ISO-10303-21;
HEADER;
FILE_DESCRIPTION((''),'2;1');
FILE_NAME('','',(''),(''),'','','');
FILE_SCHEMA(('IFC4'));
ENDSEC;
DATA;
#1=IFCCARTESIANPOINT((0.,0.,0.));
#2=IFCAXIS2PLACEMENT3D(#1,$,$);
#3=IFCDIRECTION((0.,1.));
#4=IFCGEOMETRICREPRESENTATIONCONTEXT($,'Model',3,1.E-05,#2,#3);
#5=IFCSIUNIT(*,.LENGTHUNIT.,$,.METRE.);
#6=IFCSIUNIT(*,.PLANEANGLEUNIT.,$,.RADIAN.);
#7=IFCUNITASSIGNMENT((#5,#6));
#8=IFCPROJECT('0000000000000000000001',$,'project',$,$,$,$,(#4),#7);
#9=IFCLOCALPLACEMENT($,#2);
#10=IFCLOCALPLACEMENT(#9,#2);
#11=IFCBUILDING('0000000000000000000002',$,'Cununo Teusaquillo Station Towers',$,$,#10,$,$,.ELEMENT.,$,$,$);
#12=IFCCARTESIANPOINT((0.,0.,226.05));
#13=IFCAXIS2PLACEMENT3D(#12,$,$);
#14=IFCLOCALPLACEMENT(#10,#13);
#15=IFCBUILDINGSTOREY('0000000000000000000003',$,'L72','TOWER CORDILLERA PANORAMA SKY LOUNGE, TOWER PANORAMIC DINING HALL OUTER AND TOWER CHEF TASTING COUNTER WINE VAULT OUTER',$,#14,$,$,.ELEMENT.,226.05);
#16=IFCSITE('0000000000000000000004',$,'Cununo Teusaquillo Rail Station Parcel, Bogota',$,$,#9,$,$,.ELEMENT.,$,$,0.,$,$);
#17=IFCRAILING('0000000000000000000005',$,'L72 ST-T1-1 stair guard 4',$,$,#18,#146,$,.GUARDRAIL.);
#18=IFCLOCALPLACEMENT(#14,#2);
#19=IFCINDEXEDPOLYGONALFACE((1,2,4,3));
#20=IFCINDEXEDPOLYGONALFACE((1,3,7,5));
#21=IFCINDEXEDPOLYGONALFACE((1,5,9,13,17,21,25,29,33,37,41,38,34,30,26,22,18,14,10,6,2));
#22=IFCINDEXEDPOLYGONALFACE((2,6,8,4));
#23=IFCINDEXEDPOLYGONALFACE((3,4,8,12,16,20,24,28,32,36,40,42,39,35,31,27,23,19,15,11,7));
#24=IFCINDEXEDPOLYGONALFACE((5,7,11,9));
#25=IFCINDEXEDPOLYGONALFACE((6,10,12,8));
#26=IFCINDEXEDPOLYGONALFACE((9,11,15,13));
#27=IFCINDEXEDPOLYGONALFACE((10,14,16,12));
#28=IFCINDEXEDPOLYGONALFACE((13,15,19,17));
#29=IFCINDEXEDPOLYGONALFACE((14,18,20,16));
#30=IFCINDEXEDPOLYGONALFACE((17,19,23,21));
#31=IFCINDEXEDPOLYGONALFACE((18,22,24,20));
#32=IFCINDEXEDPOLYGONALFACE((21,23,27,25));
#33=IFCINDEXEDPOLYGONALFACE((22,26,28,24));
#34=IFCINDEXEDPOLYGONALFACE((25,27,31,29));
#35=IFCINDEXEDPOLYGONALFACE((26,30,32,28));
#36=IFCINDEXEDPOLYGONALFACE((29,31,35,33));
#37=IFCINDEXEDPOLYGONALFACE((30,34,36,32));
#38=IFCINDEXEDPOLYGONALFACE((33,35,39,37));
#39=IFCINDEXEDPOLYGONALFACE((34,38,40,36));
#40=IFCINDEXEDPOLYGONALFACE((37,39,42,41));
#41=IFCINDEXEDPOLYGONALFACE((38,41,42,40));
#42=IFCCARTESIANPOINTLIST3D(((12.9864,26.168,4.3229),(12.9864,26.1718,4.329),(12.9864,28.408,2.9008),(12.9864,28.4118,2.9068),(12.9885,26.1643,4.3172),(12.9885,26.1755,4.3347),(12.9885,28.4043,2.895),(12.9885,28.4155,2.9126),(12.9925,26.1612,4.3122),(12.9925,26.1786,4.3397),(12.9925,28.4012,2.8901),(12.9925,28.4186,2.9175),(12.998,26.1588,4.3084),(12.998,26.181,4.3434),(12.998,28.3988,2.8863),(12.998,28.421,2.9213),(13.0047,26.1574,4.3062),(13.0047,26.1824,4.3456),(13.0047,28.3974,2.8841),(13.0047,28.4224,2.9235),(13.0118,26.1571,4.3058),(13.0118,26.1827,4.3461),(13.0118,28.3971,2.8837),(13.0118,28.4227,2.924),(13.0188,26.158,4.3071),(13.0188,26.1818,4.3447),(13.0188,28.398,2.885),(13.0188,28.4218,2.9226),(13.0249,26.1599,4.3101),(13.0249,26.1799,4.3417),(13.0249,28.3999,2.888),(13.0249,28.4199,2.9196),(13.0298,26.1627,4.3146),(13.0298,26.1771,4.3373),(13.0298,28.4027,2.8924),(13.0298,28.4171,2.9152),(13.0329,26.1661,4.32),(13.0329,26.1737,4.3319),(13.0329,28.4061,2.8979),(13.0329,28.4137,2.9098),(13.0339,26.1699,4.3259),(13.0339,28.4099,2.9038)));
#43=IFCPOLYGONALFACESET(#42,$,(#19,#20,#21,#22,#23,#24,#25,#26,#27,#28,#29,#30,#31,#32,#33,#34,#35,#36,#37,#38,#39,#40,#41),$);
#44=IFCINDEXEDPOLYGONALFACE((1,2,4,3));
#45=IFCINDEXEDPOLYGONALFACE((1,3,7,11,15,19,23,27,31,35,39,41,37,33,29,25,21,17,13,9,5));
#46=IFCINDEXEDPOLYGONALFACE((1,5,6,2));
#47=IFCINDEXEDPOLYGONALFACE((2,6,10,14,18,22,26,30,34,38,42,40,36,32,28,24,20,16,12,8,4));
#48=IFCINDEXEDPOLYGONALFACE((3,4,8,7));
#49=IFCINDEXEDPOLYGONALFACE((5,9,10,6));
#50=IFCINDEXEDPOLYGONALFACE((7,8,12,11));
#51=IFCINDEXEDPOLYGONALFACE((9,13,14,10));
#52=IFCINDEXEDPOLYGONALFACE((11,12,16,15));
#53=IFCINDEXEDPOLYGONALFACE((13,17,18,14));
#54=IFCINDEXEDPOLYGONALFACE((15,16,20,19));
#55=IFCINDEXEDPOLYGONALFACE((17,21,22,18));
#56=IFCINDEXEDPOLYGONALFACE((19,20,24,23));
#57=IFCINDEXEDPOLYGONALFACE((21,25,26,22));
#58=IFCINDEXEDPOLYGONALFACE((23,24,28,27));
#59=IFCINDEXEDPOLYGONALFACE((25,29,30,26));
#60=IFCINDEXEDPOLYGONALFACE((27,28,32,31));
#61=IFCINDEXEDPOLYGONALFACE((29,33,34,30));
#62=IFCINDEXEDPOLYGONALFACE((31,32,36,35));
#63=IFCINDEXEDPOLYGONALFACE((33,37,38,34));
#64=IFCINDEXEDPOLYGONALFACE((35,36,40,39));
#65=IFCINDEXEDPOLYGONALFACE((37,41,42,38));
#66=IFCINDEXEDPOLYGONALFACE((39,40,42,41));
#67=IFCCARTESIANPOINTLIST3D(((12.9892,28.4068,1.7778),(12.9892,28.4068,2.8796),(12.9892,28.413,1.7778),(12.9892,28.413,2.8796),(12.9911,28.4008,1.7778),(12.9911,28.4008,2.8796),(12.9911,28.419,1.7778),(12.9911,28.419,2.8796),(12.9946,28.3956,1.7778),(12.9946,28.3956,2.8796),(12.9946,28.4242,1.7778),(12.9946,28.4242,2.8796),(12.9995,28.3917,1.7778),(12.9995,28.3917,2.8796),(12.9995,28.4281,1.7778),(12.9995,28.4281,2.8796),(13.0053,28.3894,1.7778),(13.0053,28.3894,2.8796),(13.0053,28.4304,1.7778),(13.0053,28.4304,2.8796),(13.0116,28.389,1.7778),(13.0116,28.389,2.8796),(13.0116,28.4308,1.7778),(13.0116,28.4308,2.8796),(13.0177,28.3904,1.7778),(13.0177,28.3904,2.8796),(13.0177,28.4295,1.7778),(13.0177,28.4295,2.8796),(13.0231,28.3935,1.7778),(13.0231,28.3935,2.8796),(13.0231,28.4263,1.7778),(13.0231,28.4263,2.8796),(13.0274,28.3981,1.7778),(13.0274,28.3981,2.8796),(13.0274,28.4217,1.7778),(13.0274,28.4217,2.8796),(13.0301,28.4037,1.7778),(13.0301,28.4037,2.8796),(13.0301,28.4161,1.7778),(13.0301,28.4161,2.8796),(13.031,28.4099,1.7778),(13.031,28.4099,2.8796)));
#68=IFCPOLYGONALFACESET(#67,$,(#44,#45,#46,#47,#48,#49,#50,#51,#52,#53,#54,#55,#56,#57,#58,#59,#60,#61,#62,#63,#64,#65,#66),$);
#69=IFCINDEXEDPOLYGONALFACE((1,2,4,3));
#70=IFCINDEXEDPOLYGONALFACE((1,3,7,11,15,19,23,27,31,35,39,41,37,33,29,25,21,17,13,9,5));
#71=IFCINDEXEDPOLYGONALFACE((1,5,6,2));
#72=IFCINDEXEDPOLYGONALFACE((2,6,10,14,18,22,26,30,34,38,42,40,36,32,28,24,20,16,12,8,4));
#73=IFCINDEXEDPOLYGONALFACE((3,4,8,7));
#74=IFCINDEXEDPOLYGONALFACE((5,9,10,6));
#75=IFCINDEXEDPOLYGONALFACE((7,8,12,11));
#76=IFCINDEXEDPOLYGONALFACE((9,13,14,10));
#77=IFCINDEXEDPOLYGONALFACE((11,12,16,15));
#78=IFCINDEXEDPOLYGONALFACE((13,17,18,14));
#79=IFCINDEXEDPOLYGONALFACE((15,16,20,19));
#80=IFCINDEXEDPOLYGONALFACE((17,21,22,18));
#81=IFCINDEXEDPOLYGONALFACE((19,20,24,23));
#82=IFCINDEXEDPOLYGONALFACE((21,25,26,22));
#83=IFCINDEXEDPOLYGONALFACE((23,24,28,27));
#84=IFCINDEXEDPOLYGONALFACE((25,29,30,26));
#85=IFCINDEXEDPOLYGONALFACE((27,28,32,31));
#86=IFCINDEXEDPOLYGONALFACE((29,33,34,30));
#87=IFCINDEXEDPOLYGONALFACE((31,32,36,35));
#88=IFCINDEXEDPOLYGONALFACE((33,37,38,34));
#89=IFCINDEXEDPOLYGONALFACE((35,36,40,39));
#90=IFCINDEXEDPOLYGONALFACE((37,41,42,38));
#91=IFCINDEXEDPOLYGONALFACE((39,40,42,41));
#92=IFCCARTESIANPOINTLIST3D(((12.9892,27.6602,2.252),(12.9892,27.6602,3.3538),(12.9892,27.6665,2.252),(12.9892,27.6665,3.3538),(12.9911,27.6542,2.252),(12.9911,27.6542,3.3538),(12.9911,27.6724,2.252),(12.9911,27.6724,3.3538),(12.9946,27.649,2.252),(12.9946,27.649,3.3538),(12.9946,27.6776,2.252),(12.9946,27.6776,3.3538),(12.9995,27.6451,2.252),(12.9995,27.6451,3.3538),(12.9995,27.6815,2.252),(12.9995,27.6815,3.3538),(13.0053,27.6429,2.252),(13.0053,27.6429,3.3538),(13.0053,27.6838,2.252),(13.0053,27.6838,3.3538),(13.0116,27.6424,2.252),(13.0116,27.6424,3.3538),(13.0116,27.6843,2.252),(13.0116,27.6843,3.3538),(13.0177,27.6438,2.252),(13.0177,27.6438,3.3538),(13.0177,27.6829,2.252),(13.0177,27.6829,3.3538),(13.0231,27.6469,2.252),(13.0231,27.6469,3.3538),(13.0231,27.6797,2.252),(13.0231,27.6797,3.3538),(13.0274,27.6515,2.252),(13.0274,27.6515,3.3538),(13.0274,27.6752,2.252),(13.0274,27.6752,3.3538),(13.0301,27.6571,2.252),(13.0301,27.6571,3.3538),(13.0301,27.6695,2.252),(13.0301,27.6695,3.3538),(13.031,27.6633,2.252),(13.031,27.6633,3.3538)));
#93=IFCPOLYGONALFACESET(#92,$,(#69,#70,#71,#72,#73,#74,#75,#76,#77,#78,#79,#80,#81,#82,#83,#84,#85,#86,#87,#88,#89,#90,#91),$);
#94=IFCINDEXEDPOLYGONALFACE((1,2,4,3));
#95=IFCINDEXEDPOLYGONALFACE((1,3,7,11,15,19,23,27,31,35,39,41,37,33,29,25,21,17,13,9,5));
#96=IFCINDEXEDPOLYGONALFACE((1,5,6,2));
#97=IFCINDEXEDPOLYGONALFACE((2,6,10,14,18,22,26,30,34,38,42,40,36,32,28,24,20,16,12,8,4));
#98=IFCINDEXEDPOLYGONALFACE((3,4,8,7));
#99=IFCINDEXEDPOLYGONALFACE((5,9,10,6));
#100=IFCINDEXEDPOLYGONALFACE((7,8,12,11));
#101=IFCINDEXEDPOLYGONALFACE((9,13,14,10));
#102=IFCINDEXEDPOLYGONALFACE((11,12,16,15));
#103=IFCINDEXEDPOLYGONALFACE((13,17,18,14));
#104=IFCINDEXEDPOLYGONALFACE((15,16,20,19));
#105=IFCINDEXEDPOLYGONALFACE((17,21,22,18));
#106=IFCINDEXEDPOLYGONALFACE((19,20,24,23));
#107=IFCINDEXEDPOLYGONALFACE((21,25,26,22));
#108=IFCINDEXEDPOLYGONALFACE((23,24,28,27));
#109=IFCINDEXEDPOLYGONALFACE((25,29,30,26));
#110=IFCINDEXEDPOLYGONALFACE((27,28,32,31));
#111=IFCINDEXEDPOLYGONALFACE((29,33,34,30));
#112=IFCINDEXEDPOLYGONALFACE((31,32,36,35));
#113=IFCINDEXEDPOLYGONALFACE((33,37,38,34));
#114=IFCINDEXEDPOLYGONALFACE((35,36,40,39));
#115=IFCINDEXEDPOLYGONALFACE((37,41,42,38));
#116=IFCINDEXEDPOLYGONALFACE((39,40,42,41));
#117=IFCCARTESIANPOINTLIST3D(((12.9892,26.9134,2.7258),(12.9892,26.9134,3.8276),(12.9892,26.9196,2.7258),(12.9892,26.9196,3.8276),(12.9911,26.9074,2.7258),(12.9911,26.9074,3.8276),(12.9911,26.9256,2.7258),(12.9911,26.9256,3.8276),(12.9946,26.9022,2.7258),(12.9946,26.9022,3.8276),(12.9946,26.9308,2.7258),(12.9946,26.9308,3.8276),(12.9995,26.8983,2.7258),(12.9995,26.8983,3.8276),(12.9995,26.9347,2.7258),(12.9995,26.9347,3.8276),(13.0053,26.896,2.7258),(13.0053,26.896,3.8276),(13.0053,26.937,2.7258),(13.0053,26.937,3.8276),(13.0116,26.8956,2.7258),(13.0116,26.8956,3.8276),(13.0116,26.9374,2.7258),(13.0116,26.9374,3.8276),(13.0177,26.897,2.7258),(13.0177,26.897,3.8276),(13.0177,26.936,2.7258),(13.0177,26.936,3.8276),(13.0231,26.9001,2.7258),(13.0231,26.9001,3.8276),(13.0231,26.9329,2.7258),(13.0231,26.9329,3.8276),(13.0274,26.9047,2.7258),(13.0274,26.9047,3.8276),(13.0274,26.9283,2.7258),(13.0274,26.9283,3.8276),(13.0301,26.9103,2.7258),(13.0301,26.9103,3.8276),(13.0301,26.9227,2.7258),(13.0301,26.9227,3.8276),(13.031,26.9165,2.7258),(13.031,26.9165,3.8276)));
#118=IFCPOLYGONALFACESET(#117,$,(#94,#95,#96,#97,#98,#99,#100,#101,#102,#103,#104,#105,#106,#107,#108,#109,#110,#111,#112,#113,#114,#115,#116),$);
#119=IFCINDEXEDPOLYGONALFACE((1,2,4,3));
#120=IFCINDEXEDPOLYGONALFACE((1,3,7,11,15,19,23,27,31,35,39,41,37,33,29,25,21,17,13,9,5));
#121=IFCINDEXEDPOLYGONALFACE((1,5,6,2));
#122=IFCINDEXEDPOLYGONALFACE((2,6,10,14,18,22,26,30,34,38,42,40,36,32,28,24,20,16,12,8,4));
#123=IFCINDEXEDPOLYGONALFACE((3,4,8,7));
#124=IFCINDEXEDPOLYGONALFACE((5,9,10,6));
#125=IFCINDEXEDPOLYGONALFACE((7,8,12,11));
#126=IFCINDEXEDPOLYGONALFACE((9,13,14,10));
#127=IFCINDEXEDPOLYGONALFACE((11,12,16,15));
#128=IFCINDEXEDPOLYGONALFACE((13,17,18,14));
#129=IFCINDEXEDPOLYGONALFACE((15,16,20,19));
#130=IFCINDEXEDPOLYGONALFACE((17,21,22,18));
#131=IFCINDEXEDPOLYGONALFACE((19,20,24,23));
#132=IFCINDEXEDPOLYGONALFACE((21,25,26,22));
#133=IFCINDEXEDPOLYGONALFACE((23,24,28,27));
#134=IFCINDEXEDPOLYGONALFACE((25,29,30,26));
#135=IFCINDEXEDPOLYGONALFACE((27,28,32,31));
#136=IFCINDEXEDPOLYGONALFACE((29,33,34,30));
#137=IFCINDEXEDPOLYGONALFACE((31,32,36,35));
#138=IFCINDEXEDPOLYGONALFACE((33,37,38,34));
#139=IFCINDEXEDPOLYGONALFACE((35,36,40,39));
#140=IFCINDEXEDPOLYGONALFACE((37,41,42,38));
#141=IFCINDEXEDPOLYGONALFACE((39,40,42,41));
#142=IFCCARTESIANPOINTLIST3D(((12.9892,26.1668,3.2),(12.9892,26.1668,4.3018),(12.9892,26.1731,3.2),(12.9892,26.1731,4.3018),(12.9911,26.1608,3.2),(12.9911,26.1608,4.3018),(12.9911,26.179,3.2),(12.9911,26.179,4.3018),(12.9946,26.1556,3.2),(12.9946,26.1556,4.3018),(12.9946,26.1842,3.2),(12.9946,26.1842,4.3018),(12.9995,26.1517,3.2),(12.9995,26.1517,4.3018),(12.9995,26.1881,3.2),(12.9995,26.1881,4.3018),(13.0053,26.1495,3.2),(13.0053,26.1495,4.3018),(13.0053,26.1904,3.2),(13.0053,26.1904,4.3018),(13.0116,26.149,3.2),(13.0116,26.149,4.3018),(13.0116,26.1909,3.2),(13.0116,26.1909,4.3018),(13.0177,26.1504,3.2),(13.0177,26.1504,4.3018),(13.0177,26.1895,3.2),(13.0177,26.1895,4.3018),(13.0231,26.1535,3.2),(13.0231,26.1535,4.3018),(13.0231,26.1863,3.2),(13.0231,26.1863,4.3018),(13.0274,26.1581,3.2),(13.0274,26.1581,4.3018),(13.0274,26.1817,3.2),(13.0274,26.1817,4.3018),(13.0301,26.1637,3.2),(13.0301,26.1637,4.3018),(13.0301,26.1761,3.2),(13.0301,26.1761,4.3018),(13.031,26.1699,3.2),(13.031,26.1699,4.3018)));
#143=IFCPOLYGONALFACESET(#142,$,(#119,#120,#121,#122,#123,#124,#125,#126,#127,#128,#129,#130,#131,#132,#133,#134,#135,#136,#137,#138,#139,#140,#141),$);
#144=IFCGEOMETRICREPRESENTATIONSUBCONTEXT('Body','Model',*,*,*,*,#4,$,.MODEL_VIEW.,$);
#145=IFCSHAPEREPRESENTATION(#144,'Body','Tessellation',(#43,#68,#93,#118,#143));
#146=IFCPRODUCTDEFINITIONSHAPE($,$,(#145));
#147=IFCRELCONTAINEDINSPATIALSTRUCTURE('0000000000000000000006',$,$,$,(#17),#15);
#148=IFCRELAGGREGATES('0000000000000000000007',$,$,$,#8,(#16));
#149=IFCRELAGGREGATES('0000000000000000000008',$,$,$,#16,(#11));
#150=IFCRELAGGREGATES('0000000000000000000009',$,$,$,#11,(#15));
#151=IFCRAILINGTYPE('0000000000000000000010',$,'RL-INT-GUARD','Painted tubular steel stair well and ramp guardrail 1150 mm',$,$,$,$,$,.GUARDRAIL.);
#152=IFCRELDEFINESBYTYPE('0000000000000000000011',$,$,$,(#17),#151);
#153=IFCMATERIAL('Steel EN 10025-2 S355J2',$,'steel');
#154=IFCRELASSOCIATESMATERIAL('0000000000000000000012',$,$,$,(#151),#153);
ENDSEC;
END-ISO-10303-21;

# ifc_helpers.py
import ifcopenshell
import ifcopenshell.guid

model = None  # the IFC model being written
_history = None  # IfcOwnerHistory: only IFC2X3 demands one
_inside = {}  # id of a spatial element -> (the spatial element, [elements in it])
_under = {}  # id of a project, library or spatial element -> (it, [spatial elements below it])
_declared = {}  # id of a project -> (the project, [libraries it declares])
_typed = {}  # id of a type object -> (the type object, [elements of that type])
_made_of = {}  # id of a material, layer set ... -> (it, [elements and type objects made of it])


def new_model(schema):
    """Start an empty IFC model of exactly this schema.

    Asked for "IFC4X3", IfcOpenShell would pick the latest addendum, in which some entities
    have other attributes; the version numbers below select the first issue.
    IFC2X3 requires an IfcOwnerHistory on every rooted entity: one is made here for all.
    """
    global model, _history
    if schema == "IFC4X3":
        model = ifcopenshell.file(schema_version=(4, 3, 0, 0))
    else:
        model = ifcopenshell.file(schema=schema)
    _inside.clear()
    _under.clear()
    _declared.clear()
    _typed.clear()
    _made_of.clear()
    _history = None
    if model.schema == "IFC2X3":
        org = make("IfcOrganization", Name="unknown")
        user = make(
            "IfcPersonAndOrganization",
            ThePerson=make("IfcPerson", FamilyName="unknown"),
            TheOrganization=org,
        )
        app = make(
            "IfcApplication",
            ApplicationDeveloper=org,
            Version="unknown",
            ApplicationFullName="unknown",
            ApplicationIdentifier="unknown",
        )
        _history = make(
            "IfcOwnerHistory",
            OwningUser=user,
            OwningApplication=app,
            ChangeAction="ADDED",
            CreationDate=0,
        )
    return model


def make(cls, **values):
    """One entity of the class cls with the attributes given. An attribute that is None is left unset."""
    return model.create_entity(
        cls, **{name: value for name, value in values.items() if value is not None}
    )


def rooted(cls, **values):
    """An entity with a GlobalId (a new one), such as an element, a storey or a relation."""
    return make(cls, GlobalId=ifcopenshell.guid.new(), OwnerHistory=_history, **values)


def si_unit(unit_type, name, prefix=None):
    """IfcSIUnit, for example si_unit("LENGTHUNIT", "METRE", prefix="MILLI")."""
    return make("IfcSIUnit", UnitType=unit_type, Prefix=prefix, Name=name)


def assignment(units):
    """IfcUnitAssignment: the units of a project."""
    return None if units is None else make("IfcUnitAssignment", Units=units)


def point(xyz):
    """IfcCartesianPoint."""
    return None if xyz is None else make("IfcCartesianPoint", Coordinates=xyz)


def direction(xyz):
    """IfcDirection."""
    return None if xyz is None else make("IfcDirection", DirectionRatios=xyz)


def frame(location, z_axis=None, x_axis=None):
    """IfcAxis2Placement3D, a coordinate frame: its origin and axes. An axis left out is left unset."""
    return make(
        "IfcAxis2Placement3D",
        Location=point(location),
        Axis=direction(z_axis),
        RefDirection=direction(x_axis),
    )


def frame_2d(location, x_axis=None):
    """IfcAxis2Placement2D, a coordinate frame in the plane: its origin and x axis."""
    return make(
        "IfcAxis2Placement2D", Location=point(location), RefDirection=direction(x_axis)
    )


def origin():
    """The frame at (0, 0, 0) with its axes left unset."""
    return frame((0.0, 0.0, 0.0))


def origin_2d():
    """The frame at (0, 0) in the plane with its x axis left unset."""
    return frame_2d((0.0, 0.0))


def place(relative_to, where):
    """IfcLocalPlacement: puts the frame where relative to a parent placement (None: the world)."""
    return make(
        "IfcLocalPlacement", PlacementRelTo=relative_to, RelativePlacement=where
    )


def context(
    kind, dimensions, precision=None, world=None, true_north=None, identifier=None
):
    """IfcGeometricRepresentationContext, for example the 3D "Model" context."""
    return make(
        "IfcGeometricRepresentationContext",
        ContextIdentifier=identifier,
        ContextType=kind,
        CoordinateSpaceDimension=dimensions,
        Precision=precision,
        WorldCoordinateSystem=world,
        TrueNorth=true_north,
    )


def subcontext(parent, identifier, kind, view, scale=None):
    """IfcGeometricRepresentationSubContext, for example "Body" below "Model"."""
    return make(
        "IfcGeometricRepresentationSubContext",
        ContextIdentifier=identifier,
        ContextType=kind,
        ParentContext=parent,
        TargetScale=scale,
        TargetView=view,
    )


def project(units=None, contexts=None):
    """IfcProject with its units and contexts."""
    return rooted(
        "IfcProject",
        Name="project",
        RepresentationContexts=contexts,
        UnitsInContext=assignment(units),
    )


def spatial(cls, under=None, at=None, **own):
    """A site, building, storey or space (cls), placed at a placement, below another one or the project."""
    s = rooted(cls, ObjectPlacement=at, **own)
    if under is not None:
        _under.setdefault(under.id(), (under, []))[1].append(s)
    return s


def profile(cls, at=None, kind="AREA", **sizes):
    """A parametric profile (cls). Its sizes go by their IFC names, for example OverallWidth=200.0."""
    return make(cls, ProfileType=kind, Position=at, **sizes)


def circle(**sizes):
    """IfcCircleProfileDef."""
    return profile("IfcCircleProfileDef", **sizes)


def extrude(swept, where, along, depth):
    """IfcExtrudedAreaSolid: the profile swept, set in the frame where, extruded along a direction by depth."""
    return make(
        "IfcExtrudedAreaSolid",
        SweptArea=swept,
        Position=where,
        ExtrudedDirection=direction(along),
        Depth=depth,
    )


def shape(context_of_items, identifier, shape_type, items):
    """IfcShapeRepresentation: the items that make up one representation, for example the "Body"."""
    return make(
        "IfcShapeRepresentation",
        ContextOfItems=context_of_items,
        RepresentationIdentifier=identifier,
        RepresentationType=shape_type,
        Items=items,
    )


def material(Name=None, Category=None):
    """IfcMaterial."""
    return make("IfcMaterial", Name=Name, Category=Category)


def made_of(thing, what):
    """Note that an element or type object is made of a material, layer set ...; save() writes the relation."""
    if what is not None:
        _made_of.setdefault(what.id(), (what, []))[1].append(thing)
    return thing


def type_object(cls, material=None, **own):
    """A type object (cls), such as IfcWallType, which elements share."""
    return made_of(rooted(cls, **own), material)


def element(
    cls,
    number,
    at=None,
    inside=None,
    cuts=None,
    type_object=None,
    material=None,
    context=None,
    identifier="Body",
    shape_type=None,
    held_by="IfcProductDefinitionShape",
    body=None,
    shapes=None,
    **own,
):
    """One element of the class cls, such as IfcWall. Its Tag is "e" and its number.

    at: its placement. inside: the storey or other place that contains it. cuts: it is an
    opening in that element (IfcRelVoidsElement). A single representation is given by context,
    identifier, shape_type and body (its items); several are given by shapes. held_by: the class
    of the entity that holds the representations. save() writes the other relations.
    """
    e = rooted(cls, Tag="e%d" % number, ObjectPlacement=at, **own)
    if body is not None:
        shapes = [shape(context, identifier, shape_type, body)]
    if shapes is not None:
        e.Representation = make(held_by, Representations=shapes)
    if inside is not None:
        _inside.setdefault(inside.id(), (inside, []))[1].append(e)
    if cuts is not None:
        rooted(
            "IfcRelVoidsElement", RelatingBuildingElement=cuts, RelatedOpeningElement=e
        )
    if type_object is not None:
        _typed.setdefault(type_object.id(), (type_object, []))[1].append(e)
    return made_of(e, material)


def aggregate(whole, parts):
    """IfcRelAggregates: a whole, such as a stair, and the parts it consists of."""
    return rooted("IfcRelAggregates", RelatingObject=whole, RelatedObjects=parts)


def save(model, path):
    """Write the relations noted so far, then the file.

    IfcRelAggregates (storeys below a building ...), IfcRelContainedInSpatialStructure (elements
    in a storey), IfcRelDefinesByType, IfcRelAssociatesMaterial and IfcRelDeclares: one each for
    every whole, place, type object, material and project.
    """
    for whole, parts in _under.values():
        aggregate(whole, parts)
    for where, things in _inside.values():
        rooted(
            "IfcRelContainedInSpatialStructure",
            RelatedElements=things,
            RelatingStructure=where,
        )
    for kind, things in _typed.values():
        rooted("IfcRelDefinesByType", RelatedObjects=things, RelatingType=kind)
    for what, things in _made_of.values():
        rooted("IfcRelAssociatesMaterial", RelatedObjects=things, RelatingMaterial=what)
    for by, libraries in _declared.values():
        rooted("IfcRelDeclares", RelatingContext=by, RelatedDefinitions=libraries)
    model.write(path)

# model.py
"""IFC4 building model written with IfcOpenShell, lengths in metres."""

from ifc_helpers import new_model, si_unit, direction, frame, origin, origin_2d, place, context, subcontext, project, spatial, circle, extrude, material, type_object, element, save


model = new_model("IFC4")

# Units and contexts
model_context = context("Model", 3, precision=1e-05, world=origin(), true_north=direction((0.0, 1.0)))
body_context = subcontext(model_context, "Body", "Model", "MODEL_VIEW")
ifc_project = project(units=[si_unit("LENGTHUNIT", "METRE"), si_unit("PLANEANGLEUNIT", "RADIAN")], contexts=[model_context])

# Site, building, storey
site_placement = place(None, origin())
site = spatial("IfcSite", under=ifc_project, at=site_placement, Name="Cununo Teusaquillo Rail Station Parcel, Bogota", CompositionType="ELEMENT", RefElevation=0.0)
building_placement = place(site_placement, origin())
building = spatial("IfcBuilding", under=site, at=building_placement, Name="Cununo Teusaquillo Station Towers", CompositionType="ELEMENT")
storey_placement = place(building_placement, frame((0.0, 0.0, 226.05)))
storey = spatial("IfcBuildingStorey", under=building, at=storey_placement, Name="L72", Description="TOWER CORDILLERA PANORAMA SKY LOUNGE, TOWER PANORAMIC DINING HALL OUTER AND TOWER CHEF TASTING COUNTER WINE VAULT OUTER", CompositionType="ELEMENT", Elevation=226.05)

# Railing
ifc_material_1 = material(Name="Steel EN 10025-2 S355J2", Category="steel")
railing_type_1 = type_object("IfcRailingType", Name="RL-INT-GUARD", Description="Painted tubular steel stair well and ramp guardrail 1150 mm", PredefinedType="GUARDRAIL", material=ifc_material_1)
railing_1_placement = place(storey_placement, frame((13.01, 28.4099, 1.7778)))
element("IfcRailing", 1, at=railing_1_placement, inside=storey, type_object=railing_type_1, Name="L72 ST-T1-1 stair guard 4", PredefinedType="GUARDRAIL", context=body_context, shape_type="SweptSolid", body=[
    extrude(circle(Radius=0.0239, at=origin_2d()), frame((0.0, 0.0, 1.126), z_axis=(0.0, -0.844229, 0.535982), x_axis=(1.0, 0.0, 0.0)), (0.0, 0.0, 1.0), 2.6533),
    extrude(circle(Radius=0.021, at=origin_2d()), origin(), (0.0, 0.0, 1.0), 1.1018),
    extrude(circle(Radius=0.021, at=origin_2d()), frame((0.0, -0.7466, 0.4741)), (0.0, 0.0, 1.0), 1.1018),
    extrude(circle(Radius=0.021, at=origin_2d()), frame((0.0, -1.4934, 0.948)), (0.0, 0.0, 1.0), 1.1018),
    extrude(circle(Radius=0.021, at=origin_2d()), frame((0.0, -2.24, 1.4221)), (0.0, 0.0, 1.0), 1.1018),
])

save(model, "model.ifc")
